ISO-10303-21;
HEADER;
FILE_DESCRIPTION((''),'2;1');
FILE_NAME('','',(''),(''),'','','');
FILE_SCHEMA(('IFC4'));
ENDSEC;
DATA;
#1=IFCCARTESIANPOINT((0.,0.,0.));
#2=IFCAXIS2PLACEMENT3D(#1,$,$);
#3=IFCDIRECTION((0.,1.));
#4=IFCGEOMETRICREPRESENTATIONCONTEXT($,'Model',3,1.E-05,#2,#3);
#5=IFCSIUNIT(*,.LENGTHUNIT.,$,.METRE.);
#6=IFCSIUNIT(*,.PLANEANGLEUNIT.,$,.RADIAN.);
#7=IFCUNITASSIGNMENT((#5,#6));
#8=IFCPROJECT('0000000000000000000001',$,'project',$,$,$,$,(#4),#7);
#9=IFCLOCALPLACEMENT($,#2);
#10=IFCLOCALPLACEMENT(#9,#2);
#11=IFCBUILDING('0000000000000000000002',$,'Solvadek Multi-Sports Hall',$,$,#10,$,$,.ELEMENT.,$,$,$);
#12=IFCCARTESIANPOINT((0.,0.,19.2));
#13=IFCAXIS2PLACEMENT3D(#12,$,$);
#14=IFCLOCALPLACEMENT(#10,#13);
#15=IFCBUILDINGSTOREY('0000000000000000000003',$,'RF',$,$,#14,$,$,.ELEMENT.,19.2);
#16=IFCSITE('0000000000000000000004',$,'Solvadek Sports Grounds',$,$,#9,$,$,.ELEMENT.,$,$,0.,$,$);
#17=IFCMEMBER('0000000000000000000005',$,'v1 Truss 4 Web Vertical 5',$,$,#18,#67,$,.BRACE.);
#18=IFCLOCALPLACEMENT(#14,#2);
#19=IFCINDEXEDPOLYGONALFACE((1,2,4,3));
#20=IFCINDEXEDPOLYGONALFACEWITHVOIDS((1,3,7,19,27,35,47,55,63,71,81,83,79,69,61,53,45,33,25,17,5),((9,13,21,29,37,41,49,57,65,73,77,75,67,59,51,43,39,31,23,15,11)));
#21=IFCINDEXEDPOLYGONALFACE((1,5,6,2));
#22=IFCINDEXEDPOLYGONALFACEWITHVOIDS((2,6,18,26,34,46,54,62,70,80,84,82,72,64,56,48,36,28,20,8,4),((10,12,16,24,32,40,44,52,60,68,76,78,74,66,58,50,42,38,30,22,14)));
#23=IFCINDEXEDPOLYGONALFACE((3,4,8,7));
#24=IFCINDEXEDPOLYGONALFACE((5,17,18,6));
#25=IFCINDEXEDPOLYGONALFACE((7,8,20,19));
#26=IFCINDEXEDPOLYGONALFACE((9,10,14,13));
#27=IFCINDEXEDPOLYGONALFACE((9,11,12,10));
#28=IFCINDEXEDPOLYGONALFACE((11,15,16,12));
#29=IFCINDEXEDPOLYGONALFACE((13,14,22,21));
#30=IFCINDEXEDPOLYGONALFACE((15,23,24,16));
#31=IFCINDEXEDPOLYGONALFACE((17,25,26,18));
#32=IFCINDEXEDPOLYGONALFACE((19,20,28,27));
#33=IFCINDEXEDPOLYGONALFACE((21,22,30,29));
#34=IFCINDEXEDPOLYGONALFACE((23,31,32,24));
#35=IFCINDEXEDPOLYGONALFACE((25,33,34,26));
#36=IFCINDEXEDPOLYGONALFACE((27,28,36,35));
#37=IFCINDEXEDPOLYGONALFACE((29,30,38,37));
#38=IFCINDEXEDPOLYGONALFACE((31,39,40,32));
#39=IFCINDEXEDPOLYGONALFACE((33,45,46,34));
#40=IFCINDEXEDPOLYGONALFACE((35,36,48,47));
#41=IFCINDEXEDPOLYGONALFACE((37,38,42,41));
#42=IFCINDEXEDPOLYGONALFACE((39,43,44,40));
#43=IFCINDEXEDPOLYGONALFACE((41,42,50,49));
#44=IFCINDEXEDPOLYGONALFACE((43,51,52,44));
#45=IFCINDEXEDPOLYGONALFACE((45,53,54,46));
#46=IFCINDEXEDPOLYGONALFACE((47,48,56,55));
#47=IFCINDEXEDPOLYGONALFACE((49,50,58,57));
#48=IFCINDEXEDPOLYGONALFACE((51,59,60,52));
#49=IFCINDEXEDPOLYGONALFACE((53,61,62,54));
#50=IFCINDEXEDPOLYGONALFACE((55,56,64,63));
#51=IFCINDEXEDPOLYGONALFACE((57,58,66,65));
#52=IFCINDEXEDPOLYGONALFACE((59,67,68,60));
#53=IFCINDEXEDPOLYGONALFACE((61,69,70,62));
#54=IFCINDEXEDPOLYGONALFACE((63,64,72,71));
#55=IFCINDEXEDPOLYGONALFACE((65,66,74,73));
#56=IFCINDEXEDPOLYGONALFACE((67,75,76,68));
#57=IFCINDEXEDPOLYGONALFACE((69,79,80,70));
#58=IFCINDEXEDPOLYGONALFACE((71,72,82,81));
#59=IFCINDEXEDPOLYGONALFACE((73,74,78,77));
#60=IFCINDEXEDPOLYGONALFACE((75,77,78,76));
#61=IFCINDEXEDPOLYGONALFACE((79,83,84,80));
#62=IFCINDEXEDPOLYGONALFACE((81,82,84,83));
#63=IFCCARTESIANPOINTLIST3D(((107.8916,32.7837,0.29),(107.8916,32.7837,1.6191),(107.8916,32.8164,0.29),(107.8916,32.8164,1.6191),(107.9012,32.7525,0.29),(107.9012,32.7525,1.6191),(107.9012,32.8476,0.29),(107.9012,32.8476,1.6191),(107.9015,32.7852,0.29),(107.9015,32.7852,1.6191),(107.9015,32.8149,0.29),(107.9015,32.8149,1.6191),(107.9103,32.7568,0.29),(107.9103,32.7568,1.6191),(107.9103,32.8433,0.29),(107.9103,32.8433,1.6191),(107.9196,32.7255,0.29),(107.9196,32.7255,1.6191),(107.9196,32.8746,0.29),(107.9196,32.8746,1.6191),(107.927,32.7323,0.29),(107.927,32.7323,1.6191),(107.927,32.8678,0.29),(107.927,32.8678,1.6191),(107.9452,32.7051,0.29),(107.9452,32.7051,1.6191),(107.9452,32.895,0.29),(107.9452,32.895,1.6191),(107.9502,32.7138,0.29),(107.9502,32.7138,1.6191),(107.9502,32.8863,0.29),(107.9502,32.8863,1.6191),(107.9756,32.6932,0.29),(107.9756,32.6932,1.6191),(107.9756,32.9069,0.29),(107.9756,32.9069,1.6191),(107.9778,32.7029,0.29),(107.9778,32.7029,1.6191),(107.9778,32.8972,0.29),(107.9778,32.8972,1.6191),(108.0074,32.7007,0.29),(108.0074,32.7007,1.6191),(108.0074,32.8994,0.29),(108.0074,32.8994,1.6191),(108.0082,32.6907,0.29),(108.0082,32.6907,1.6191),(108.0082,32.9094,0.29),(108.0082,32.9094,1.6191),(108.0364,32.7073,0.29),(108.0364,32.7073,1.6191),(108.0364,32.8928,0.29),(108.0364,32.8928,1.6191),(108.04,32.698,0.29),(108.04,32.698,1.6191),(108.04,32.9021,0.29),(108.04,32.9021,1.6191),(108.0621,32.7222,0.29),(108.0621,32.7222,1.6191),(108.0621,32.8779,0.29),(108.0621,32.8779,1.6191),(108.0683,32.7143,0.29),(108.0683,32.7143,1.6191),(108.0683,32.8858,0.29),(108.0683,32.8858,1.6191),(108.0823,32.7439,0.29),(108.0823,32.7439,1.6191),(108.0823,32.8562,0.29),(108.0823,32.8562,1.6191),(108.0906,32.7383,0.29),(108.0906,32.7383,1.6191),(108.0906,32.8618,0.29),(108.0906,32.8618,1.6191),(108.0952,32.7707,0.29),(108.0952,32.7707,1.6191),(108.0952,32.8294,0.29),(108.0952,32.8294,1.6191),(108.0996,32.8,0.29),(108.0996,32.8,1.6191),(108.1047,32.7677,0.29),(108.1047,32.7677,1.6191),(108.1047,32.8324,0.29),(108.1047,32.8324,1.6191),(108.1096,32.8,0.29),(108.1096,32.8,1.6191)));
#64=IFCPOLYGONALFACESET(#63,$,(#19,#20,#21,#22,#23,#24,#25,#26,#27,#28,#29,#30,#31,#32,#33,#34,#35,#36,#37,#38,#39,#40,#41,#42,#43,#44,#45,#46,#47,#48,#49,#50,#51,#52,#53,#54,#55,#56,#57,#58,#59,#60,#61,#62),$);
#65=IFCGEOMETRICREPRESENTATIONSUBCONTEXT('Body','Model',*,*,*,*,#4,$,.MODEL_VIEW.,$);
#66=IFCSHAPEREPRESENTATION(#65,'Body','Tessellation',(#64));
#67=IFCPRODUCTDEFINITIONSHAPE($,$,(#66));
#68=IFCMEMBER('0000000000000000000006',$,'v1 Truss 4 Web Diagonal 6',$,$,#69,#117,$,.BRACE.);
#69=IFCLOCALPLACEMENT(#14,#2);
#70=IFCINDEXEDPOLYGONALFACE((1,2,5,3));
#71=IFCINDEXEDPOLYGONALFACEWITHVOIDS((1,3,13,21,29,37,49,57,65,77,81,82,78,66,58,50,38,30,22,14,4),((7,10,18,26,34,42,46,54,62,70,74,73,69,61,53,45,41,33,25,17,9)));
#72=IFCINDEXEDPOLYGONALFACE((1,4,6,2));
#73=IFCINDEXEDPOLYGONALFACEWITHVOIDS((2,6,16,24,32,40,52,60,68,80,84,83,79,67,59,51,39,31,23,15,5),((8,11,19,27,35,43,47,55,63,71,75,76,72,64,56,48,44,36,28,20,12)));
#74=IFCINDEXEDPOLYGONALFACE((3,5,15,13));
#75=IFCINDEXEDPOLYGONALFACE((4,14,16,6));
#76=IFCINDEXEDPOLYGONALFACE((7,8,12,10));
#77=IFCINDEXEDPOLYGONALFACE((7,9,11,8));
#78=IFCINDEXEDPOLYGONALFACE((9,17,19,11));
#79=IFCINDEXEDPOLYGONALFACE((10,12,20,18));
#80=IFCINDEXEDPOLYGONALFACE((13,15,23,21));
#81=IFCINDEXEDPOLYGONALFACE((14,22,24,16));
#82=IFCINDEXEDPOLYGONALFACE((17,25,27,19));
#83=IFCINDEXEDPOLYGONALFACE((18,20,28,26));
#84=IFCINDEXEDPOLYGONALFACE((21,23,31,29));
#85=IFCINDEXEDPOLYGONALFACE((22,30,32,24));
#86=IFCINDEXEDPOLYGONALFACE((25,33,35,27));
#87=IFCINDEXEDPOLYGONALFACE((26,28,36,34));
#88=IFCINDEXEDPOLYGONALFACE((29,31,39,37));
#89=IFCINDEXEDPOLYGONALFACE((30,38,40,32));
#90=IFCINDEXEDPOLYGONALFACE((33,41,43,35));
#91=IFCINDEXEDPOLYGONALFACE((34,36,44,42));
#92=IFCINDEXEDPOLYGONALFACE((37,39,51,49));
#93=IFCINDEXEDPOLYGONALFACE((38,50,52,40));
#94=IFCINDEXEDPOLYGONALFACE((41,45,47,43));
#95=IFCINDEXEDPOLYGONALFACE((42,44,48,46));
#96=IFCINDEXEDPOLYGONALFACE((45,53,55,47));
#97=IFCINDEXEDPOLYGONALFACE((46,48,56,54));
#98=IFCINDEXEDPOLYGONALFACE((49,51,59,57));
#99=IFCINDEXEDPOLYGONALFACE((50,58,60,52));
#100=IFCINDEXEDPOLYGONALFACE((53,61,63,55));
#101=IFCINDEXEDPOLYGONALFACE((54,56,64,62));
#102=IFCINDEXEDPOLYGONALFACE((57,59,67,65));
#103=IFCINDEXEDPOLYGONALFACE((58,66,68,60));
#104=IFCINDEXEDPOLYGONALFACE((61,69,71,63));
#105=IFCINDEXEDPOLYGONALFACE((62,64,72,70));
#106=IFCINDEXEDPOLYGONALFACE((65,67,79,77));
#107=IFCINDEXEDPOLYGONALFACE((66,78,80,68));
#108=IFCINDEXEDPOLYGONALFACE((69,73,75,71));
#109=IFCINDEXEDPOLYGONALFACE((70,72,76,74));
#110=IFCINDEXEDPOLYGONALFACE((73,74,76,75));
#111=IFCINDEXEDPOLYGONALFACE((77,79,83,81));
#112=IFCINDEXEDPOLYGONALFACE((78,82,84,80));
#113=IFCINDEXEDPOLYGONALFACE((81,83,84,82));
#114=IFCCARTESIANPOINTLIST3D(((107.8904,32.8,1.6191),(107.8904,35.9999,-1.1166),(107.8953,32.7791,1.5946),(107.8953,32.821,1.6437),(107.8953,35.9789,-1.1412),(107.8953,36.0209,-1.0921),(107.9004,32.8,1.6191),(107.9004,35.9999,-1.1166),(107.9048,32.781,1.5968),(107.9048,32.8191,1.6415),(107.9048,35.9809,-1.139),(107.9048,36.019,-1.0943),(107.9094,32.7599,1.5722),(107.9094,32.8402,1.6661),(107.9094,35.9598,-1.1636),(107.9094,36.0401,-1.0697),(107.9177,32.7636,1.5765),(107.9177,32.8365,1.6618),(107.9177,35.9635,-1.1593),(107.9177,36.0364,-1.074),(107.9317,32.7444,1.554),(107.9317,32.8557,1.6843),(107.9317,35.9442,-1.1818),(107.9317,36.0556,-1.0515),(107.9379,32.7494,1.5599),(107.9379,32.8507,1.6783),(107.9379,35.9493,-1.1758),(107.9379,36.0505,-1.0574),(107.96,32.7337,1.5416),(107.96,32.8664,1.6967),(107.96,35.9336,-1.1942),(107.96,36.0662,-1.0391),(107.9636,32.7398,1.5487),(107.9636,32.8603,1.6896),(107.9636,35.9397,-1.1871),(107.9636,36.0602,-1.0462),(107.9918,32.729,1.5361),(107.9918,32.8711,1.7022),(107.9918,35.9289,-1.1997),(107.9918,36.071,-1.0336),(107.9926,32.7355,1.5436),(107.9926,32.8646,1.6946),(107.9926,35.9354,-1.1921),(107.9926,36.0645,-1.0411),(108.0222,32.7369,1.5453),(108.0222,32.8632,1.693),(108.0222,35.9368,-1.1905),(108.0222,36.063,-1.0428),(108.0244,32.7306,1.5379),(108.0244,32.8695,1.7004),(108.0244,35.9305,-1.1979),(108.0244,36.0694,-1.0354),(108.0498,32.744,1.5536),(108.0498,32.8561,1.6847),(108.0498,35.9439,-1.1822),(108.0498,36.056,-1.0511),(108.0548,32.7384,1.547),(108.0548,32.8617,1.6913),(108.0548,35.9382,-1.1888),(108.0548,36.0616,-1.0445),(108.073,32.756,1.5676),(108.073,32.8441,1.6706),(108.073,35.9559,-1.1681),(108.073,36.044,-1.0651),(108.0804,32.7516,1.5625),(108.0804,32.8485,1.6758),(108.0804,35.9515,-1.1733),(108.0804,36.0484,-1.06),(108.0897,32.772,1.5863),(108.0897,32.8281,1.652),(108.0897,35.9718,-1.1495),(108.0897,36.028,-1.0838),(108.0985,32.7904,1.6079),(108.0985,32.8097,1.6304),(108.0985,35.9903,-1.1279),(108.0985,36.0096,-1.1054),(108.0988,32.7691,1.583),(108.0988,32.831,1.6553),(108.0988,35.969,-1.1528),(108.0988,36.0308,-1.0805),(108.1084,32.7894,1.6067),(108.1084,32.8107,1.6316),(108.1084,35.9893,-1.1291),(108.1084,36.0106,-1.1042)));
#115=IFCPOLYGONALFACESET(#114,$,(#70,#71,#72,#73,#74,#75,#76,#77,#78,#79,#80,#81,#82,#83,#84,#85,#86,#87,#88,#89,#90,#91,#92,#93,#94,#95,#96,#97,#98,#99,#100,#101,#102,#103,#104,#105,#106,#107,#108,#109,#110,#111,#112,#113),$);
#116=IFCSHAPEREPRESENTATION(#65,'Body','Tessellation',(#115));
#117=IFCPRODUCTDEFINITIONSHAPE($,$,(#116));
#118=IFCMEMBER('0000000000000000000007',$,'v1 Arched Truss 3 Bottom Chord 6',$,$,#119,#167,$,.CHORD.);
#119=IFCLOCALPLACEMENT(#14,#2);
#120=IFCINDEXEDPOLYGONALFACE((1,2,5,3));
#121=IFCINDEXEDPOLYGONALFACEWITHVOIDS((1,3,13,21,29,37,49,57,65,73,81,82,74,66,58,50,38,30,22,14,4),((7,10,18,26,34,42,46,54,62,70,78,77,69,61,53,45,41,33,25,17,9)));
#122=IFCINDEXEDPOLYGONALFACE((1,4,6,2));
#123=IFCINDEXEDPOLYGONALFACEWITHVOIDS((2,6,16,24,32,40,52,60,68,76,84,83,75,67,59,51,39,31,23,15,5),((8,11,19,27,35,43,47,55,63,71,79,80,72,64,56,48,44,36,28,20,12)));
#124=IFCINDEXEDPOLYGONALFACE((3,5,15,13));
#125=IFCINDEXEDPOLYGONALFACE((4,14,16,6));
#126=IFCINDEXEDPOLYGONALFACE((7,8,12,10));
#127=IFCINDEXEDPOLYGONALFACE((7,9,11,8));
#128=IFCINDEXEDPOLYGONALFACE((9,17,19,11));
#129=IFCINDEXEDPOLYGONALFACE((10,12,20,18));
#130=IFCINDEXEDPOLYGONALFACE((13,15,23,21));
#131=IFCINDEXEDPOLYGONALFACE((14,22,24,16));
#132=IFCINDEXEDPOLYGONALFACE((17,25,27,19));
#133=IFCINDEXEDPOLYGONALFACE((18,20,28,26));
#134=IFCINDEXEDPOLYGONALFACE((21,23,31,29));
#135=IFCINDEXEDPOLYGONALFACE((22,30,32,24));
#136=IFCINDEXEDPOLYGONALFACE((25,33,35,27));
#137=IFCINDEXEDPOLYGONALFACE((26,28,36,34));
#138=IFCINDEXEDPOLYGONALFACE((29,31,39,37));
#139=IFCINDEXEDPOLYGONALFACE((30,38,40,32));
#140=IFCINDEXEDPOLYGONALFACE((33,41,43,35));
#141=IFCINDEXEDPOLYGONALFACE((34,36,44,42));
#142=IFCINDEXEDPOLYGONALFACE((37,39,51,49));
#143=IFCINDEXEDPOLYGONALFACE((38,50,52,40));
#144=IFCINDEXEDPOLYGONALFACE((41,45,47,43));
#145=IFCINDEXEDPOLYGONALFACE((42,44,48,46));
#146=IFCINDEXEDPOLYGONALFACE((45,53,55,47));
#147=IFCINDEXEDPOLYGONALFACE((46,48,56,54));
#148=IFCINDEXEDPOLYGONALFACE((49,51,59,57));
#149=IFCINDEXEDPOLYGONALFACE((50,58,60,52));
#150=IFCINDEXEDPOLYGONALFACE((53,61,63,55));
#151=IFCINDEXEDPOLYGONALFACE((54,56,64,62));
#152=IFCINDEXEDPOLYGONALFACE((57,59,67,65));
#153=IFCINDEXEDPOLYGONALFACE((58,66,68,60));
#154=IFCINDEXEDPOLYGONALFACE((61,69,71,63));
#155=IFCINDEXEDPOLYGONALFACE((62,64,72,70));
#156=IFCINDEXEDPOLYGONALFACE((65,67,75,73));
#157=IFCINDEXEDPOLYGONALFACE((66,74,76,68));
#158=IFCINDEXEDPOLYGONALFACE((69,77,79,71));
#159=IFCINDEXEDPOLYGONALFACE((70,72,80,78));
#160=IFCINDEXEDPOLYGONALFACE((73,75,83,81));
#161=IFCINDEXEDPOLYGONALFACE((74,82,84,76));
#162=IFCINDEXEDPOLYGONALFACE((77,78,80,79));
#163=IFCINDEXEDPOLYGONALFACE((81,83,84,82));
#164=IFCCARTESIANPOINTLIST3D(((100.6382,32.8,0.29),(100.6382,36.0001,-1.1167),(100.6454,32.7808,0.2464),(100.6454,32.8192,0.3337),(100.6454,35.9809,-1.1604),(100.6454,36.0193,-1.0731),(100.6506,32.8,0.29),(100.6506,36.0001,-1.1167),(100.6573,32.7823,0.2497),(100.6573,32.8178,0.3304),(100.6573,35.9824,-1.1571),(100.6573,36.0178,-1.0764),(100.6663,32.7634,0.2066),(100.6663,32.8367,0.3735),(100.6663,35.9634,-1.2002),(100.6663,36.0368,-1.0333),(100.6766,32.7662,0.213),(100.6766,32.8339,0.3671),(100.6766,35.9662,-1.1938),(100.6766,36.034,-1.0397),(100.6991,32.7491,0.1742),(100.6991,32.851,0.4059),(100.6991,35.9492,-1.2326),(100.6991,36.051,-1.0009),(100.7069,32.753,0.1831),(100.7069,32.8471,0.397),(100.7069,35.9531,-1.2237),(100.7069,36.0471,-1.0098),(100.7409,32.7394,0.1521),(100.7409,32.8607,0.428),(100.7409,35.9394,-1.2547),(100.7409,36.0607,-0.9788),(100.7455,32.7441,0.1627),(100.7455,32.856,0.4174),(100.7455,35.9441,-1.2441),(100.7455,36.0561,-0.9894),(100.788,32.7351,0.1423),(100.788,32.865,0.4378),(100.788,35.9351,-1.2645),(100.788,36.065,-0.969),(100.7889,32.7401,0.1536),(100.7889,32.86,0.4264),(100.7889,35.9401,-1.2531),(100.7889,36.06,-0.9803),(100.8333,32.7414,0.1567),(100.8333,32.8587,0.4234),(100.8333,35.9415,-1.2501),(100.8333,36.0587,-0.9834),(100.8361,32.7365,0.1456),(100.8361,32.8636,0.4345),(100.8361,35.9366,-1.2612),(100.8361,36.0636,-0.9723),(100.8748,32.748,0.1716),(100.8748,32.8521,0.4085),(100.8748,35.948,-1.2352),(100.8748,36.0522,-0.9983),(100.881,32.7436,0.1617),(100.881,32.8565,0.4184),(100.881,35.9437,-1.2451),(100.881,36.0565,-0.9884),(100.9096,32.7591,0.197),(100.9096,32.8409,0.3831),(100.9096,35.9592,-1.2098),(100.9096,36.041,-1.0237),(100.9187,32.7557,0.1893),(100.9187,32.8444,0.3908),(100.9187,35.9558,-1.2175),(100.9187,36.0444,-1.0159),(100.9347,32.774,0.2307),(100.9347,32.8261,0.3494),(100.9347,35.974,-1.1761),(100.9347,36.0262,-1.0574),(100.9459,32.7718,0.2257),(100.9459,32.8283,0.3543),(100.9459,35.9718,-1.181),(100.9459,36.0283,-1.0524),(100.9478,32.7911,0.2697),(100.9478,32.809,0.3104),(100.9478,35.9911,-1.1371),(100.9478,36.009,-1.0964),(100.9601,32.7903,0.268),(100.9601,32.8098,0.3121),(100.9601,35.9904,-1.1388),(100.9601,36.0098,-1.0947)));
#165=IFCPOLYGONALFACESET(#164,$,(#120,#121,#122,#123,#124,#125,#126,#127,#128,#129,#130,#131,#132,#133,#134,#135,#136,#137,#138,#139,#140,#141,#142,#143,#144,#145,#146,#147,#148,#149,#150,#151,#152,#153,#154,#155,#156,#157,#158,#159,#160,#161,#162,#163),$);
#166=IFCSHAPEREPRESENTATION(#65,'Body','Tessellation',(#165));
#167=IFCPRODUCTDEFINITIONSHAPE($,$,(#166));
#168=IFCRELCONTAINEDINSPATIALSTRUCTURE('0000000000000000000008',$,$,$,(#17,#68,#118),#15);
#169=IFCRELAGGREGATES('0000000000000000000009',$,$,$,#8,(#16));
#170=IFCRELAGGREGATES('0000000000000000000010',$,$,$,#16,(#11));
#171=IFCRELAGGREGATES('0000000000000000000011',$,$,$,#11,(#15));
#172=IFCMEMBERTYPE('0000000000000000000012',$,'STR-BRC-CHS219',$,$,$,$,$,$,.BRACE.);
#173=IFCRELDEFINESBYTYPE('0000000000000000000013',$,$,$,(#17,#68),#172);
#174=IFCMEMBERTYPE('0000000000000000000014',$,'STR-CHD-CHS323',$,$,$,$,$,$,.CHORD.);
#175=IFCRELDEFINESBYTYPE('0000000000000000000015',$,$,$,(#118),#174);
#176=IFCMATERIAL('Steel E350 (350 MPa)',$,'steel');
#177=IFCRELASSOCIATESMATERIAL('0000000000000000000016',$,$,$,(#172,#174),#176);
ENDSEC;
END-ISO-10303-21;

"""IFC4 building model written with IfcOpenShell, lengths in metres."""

from ifc_helpers import new_model, si_unit, direction, frame, origin, origin_2d, place, context, subcontext, project, spatial, hollow_circle, extrude, material, material_profile, profile_set, type_object, element, save


model = new_model("IFC4")

# Units and contexts
model_context = context("Model", 3, precision=1e-05, world=origin(), true_north=direction((0.0, 1.0)))
body_context = subcontext(model_context, "Body", "Model", "MODEL_VIEW")
ifc_project = project(units=[si_unit("LENGTHUNIT", "METRE"), si_unit("PLANEANGLEUNIT", "RADIAN")], contexts=[model_context])

# Site, building, storey
site_placement = place(None, origin())
site = spatial("IfcSite", under=ifc_project, at=site_placement, Name="Solvadek Sports Grounds", CompositionType="ELEMENT", RefElevation=0.0)
building_placement = place(site_placement, origin())
building = spatial("IfcBuilding", under=site, at=building_placement, Name="Solvadek Multi-Sports Hall", CompositionType="ELEMENT")
storey_placement = place(building_placement, frame((0.0, 0.0, 19.2)))
storey = spatial("IfcBuildingStorey", under=building, at=storey_placement, Name="RF", CompositionType="ELEMENT", Elevation=19.2)

# Members
ifc_material_1 = material(Name="Steel E350 (350 MPa)", Category="steel")
ifc_material_profile_1 = material_profile(ifc_material_1, hollow_circle(Radius=0.1096, WallThickness=0.01, at=origin_2d()), Name="CHS 219.1x10")
ifc_profile_set_1 = profile_set([ifc_material_profile_1], Name="Steel E350 (350 MPa)")
member_type_1 = type_object("IfcMemberType", Name="STR-BRC-CHS219", PredefinedType="BRACE", material=ifc_profile_set_1)
member_1_placement = place(storey_placement, frame((108.0, 32.8, 0.29), z_axis=(0.0, 0.0, 1.0), x_axis=(1.0, 0.0, 0.0)))
element("IfcMember", 1, at=member_1_placement, inside=storey, type_object=member_type_1, Name="v1 Truss 4 Web Vertical 5", PredefinedType="BRACE", context=body_context, shape_type="SweptSolid", body=[
    extrude(hollow_circle(Radius=0.1096, WallThickness=0.01, at=origin_2d()), origin(), (0.0, 0.0, 1.0), 1.3291),
])
member_2_placement = place(storey_placement, frame((108.0, 32.8, 1.6191), z_axis=(0.0, 0.760075, -0.649836), x_axis=(-1.0, 0.0, 0.0)))
element("IfcMember", 2, at=member_2_placement, inside=storey, type_object=member_type_1, Name="v1 Truss 4 Web Diagonal 6", PredefinedType="BRACE", context=body_context, shape_type="SweptSolid", body=[
    extrude(hollow_circle(Radius=0.1096, WallThickness=0.01, at=origin_2d()), origin(), (0.0, 0.0, 1.0), 4.21),
])
ifc_material_profile_2 = material_profile(ifc_material_1, hollow_circle(Radius=0.1619, WallThickness=0.0125, at=origin_2d()), Name="CHS 323.9x12.5")
ifc_profile_set_2 = profile_set([ifc_material_profile_2], Name="Steel E350 (350 MPa)")
member_type_2 = type_object("IfcMemberType", Name="STR-CHD-CHS323", PredefinedType="CHORD", material=ifc_profile_set_2)
member_3_placement = place(storey_placement, frame((100.8, 32.8, 0.29), z_axis=(0.0, 0.915446, -0.402441), x_axis=(-1.0, 0.0, 0.0)))
element("IfcMember", 3, at=member_3_placement, inside=storey, type_object=member_type_2, Name="v1 Arched Truss 3 Bottom Chord 6", PredefinedType="CHORD", context=body_context, shape_type="SweptSolid", body=[
    extrude(hollow_circle(Radius=0.1619, WallThickness=0.0125, at=origin_2d()), origin(), (0.0, 0.0, 1.0), 3.4956),
])

save(model, "model.ifc")
